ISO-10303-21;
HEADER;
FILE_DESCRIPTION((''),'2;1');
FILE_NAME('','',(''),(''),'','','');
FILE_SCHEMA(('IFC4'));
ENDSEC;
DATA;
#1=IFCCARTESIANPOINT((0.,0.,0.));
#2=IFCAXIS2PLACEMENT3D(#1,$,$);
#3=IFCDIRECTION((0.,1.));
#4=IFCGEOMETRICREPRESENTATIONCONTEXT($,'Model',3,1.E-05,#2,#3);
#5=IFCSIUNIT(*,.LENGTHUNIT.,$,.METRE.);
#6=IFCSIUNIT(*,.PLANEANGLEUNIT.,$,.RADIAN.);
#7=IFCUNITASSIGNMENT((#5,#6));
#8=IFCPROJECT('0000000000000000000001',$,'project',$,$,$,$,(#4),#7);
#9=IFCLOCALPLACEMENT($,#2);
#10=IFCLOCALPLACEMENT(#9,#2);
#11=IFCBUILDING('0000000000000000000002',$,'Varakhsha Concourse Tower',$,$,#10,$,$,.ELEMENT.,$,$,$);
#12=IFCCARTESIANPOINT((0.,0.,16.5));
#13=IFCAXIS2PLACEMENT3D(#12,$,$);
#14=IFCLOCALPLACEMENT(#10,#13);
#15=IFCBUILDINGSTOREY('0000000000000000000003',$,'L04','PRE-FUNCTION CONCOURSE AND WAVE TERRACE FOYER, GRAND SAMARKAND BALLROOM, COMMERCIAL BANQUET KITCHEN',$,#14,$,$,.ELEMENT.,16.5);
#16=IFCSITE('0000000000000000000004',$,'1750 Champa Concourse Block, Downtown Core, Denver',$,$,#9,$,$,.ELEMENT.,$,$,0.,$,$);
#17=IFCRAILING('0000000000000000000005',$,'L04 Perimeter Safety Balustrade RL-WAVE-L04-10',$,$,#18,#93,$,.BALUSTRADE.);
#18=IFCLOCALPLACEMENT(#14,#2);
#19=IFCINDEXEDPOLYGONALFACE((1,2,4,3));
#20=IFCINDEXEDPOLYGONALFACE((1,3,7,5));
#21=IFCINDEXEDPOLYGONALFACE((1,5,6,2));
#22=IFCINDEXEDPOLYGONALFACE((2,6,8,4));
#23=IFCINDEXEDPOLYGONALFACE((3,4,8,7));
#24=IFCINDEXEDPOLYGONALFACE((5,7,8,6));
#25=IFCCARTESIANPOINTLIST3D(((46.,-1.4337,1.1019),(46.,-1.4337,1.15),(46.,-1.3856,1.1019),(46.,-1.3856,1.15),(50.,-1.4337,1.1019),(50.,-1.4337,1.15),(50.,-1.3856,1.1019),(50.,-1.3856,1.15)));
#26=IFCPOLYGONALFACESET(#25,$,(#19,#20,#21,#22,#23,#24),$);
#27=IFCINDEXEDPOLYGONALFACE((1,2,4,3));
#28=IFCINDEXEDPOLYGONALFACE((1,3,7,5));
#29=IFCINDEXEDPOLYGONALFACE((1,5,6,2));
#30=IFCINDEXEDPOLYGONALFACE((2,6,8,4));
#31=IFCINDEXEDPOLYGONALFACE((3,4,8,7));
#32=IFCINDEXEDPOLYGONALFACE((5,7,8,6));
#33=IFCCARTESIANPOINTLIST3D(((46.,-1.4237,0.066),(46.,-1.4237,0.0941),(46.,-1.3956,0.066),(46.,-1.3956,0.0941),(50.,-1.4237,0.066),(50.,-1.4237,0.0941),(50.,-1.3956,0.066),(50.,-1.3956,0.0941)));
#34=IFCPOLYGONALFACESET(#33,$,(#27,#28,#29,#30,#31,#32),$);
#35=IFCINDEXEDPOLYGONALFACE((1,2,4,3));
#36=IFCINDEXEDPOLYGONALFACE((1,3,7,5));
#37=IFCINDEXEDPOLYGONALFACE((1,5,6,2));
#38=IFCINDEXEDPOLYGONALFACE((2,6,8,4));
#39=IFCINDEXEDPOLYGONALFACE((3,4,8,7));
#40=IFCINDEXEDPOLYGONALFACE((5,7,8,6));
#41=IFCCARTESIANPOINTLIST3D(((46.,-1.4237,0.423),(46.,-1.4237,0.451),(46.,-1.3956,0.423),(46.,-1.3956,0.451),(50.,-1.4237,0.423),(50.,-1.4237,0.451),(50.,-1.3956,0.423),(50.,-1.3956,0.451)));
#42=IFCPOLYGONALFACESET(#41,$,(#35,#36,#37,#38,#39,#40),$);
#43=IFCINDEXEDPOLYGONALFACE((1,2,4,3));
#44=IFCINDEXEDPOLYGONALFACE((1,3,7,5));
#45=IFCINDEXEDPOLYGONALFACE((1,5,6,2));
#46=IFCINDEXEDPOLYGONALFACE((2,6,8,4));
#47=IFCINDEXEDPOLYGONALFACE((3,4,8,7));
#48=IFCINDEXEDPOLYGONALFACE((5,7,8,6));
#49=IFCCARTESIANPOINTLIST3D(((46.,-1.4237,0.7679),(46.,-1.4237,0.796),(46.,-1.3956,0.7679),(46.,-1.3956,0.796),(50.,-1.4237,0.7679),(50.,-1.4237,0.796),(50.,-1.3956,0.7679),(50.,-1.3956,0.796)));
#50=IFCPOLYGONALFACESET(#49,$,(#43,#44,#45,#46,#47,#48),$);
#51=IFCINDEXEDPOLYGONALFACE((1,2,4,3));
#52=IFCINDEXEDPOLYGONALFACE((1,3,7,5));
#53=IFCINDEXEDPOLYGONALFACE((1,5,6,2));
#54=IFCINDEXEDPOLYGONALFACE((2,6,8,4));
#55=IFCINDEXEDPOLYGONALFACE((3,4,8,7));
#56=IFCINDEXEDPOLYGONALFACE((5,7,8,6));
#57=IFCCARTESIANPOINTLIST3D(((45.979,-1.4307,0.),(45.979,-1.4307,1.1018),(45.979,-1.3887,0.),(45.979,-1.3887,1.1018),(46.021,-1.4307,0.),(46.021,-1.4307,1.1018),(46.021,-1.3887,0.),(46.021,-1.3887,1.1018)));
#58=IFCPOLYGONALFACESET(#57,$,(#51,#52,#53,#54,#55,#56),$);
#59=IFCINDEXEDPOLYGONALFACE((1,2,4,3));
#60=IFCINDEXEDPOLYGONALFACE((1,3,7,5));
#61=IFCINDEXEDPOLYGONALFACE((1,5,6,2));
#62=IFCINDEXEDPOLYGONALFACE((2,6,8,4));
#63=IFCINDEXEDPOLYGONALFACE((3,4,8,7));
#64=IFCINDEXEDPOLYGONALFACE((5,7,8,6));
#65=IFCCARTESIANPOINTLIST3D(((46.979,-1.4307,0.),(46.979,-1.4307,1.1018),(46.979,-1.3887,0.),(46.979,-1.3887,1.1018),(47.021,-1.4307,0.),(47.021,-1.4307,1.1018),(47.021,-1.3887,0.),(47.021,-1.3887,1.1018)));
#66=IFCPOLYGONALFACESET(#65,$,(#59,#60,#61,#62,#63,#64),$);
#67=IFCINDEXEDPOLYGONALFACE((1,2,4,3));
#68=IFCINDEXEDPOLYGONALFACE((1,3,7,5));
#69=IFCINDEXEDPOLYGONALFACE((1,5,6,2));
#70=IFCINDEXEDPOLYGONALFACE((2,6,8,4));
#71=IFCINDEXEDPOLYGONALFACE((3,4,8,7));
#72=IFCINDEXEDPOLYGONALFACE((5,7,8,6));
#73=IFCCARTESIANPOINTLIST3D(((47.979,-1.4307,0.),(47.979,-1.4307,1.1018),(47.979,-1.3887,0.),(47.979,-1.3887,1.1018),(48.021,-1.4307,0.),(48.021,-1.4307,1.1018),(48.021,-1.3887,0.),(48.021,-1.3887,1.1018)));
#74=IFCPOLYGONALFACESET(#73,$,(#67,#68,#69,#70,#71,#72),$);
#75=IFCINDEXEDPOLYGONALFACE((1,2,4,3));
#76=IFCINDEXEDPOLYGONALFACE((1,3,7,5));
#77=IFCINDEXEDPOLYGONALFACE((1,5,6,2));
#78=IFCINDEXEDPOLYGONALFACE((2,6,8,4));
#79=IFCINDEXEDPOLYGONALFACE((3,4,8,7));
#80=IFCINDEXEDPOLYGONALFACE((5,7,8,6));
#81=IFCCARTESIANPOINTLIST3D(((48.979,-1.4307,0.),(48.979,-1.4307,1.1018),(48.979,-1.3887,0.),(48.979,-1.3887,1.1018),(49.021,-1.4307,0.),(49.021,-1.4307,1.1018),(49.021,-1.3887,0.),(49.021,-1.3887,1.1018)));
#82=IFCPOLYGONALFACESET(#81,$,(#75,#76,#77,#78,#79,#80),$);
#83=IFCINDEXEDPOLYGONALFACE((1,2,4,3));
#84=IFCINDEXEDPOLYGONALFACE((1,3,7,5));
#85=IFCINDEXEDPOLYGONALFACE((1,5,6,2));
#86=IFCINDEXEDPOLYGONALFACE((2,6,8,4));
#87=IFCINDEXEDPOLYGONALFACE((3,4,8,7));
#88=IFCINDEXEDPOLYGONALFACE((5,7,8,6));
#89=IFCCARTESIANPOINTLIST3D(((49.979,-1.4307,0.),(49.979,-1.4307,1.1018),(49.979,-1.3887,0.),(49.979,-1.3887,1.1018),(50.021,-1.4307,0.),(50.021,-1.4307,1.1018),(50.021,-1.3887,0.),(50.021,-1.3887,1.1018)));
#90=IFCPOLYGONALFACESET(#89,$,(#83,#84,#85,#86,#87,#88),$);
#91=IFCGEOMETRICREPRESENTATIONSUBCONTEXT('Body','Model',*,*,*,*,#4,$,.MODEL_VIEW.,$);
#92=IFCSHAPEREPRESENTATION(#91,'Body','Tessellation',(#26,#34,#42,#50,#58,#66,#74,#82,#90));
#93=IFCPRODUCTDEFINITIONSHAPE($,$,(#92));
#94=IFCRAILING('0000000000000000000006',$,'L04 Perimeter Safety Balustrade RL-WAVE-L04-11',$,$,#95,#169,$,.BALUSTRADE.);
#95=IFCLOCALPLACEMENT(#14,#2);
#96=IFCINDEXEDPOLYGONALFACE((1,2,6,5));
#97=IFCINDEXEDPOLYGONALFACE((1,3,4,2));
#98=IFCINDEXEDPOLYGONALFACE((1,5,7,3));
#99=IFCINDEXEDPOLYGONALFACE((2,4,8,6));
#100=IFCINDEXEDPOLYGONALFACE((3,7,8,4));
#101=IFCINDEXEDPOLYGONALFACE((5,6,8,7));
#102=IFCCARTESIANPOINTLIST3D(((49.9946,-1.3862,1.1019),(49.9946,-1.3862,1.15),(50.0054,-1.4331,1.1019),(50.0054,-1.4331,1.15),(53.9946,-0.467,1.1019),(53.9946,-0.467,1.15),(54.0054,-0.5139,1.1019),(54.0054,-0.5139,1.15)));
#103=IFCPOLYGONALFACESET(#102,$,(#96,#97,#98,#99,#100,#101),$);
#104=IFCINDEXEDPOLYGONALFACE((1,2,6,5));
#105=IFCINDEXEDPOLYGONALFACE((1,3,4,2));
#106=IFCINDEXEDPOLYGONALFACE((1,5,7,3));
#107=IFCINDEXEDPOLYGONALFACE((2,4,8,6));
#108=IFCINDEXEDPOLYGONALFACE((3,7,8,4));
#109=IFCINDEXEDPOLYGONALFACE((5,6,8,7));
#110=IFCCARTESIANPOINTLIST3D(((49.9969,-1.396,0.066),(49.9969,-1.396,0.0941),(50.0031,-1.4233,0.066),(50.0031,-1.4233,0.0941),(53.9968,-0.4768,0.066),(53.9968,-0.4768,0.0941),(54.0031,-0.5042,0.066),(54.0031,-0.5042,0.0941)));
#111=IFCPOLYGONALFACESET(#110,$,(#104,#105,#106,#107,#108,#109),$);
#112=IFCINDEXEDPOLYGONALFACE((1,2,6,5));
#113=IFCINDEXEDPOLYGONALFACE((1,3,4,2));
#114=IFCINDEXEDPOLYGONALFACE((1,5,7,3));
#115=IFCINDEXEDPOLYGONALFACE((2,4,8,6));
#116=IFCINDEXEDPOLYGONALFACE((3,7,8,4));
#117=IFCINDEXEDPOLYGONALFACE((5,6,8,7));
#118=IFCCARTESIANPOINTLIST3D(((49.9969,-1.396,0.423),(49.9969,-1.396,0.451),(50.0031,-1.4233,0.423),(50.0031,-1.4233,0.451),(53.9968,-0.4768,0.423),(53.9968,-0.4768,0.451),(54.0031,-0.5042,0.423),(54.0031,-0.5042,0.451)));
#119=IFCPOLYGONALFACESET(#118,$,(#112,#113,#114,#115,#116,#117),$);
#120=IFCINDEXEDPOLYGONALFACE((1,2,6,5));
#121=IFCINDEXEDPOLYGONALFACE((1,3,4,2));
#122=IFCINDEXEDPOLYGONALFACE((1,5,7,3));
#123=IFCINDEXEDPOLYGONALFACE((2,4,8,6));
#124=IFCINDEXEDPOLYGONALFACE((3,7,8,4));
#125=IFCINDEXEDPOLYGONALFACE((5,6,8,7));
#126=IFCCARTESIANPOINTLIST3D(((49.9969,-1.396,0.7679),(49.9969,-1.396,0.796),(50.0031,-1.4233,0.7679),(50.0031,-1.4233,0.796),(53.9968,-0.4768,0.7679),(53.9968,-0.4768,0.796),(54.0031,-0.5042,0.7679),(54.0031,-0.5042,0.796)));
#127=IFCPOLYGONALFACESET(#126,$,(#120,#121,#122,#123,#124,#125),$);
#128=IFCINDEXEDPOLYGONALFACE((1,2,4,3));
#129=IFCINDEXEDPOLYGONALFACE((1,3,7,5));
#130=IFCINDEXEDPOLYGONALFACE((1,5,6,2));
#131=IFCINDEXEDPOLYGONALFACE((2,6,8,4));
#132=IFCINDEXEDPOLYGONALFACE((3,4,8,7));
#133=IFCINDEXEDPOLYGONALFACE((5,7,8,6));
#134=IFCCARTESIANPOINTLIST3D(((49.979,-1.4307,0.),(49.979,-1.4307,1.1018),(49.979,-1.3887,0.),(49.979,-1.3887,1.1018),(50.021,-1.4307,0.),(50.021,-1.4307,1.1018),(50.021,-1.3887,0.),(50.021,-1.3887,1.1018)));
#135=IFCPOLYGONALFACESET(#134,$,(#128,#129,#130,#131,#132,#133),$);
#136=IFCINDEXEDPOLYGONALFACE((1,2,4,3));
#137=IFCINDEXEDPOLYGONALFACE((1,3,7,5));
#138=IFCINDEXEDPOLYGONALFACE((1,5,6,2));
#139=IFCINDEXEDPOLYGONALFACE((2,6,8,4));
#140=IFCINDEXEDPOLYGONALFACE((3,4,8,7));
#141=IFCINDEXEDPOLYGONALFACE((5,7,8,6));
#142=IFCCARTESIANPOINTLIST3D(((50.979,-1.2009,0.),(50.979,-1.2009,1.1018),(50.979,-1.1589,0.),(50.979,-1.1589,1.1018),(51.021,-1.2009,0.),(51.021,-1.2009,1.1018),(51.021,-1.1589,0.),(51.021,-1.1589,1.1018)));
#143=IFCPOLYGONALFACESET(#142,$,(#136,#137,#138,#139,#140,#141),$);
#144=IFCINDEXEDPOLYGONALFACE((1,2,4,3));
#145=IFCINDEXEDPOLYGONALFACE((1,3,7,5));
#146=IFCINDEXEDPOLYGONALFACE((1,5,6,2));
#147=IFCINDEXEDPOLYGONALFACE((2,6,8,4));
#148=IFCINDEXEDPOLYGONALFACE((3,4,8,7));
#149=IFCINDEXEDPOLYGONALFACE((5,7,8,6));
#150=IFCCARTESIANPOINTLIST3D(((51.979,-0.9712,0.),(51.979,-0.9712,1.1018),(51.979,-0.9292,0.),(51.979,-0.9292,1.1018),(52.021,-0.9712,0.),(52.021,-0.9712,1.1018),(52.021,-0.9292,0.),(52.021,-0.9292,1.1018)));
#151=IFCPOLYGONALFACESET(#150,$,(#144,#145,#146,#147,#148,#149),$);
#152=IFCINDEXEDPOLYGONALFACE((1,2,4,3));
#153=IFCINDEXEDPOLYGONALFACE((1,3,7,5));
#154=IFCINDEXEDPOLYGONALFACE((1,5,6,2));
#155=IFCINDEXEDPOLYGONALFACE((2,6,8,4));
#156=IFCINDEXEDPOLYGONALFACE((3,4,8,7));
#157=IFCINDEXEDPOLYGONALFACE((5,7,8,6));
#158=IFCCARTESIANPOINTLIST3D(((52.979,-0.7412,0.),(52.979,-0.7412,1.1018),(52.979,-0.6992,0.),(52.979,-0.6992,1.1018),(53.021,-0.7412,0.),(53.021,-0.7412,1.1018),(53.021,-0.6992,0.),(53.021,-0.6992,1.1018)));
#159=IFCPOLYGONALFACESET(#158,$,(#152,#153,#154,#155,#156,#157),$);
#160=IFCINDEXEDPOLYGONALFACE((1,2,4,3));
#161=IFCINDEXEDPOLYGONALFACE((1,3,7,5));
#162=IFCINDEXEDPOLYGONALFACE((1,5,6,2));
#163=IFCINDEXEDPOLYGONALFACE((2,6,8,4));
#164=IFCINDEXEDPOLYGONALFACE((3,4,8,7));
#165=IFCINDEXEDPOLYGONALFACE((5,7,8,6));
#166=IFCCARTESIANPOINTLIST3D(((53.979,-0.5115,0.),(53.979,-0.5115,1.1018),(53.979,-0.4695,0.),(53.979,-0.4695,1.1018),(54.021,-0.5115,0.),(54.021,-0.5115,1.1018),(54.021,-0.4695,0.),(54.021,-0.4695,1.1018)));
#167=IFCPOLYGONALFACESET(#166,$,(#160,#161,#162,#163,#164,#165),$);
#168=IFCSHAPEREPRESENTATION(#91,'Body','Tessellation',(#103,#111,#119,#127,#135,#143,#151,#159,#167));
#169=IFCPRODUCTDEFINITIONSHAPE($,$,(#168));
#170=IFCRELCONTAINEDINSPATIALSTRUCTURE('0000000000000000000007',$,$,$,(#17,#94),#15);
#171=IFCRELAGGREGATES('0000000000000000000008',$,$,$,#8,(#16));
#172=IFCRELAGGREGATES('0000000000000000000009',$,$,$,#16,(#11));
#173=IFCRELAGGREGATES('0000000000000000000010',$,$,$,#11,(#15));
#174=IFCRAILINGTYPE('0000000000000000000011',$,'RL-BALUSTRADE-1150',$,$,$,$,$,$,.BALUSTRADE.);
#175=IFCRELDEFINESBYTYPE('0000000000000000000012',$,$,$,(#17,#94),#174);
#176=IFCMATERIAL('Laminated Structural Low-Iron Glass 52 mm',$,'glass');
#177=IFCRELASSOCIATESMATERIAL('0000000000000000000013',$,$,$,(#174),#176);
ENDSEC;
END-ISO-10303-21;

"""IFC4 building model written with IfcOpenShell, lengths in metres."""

from ifc_helpers import new_model, si_unit, direction, frame, origin, origin_2d, place, context, subcontext, project, spatial, rectangle, extrude, material, type_object, element, save


model = new_model("IFC4")

# Units and contexts
model_context = context("Model", 3, precision=1e-05, world=origin(), true_north=direction((0.0, 1.0)))
body_context = subcontext(model_context, "Body", "Model", "MODEL_VIEW")
ifc_project = project(units=[si_unit("LENGTHUNIT", "METRE"), si_unit("PLANEANGLEUNIT", "RADIAN")], contexts=[model_context])

# Site, building, storey
site_placement = place(None, origin())
site = spatial("IfcSite", under=ifc_project, at=site_placement, Name="1750 Champa Concourse Block, Downtown Core, Denver", CompositionType="ELEMENT", RefElevation=0.0)
building_placement = place(site_placement, origin())
building = spatial("IfcBuilding", under=site, at=building_placement, Name="Varakhsha Concourse Tower", CompositionType="ELEMENT")
storey_placement = place(building_placement, frame((0.0, 0.0, 16.5)))
storey = spatial("IfcBuildingStorey", under=building, at=storey_placement, Name="L04", Description="PRE-FUNCTION CONCOURSE AND WAVE TERRACE FOYER, GRAND SAMARKAND BALLROOM, COMMERCIAL BANQUET KITCHEN", CompositionType="ELEMENT", Elevation=16.5)

# Railings
ifc_material_1 = material(Name="Laminated Structural Low-Iron Glass 52 mm", Category="glass")
railing_type_1 = type_object("IfcRailingType", Name="RL-BALUSTRADE-1150", PredefinedType="BALUSTRADE", material=ifc_material_1)
railing_1_placement = place(storey_placement, frame((46.0, -1.4097, 0.0)))
element("IfcRailing", 1, at=railing_1_placement, inside=storey, type_object=railing_type_1, Name="L04 Perimeter Safety Balustrade RL-WAVE-L04-10", PredefinedType="BALUSTRADE", context=body_context, shape_type="SweptSolid", body=[
    extrude(rectangle(XDim=0.0481, YDim=0.0481, at=origin_2d()), frame((0.0, 0.0, 1.126), z_axis=(1.0, 0.0, 0.0), x_axis=(0.0, 1.0, 0.0)), (0.0, 0.0, 1.0), 4.0),
    extrude(rectangle(XDim=0.0281, YDim=0.0281, at=origin_2d()), frame((0.0, 0.0, 0.0801), z_axis=(1.0, 0.0, 0.0), x_axis=(0.0, 1.0, 0.0)), (0.0, 0.0, 1.0), 4.0),
    extrude(rectangle(XDim=0.0281, YDim=0.0281, at=origin_2d()), frame((0.0, 0.0, 0.437), z_axis=(1.0, 0.0, 0.0), x_axis=(0.0, 1.0, 0.0)), (0.0, 0.0, 1.0), 4.0),
    extrude(rectangle(XDim=0.0281, YDim=0.0281, at=origin_2d()), frame((0.0, 0.0, 0.782), z_axis=(1.0, 0.0, 0.0), x_axis=(0.0, 1.0, 0.0)), (0.0, 0.0, 1.0), 4.0),
    extrude(rectangle(XDim=0.042, YDim=0.042, at=origin_2d()), origin(), (0.0, 0.0, 1.0), 1.1018),
    extrude(rectangle(XDim=0.042, YDim=0.042, at=origin_2d()), frame((1.0, 0.0, 0.0)), (0.0, 0.0, 1.0), 1.1018),
    extrude(rectangle(XDim=0.042, YDim=0.042, at=origin_2d()), frame((2.0, 0.0, 0.0)), (0.0, 0.0, 1.0), 1.1018),
    extrude(rectangle(XDim=0.042, YDim=0.042, at=origin_2d()), frame((3.0, 0.0, 0.0)), (0.0, 0.0, 1.0), 1.1018),
    extrude(rectangle(XDim=0.042, YDim=0.042, at=origin_2d()), frame((4.0, 0.0, 0.0)), (0.0, 0.0, 1.0), 1.1018),
])
railing_2_placement = place(storey_placement, frame((50.0, -1.4097, 0.0)))
element("IfcRailing", 2, at=railing_2_placement, inside=storey, type_object=railing_type_1, Name="L04 Perimeter Safety Balustrade RL-WAVE-L04-11", PredefinedType="BALUSTRADE", context=body_context, shape_type="SweptSolid", body=[
    extrude(rectangle(XDim=0.0481, YDim=0.0481, at=origin_2d()), frame((0.0, 0.0, 1.126), z_axis=(0.974598, 0.22396, 0.0), x_axis=(-0.22396, 0.974598, 0.0)), (0.0, 0.0, 1.0), 4.1042),
    extrude(rectangle(XDim=0.0281, YDim=0.0281, at=origin_2d()), frame((0.0, 0.0, 0.0801), z_axis=(0.974598, 0.22396, 0.0), x_axis=(-0.22396, 0.974598, 0.0)), (0.0, 0.0, 1.0), 4.1042),
    extrude(rectangle(XDim=0.0281, YDim=0.0281, at=origin_2d()), frame((0.0, 0.0, 0.437), z_axis=(0.974598, 0.22396, 0.0), x_axis=(-0.22396, 0.974598, 0.0)), (0.0, 0.0, 1.0), 4.1042),
    extrude(rectangle(XDim=0.0281, YDim=0.0281, at=origin_2d()), frame((0.0, 0.0, 0.782), z_axis=(0.974598, 0.22396, 0.0), x_axis=(-0.22396, 0.974598, 0.0)), (0.0, 0.0, 1.0), 4.1042),
    extrude(rectangle(XDim=0.042, YDim=0.042, at=origin_2d()), origin(), (0.0, 0.0, 1.0), 1.1018),
    extrude(rectangle(XDim=0.042, YDim=0.042, at=origin_2d()), frame((1.0, 0.2297, 0.0)), (0.0, 0.0, 1.0), 1.1018),
    extrude(rectangle(XDim=0.042, YDim=0.042, at=origin_2d()), frame((2.0, 0.4595, 0.0)), (0.0, 0.0, 1.0), 1.1018),
    extrude(rectangle(XDim=0.042, YDim=0.042, at=origin_2d()), frame((3.0, 0.6895, 0.0)), (0.0, 0.0, 1.0), 1.1018),
    extrude(rectangle(XDim=0.042, YDim=0.042, at=origin_2d()), frame((4.0, 0.9192, 0.0)), (0.0, 0.0, 1.0), 1.1018),
])

save(model, "model.ifc")
